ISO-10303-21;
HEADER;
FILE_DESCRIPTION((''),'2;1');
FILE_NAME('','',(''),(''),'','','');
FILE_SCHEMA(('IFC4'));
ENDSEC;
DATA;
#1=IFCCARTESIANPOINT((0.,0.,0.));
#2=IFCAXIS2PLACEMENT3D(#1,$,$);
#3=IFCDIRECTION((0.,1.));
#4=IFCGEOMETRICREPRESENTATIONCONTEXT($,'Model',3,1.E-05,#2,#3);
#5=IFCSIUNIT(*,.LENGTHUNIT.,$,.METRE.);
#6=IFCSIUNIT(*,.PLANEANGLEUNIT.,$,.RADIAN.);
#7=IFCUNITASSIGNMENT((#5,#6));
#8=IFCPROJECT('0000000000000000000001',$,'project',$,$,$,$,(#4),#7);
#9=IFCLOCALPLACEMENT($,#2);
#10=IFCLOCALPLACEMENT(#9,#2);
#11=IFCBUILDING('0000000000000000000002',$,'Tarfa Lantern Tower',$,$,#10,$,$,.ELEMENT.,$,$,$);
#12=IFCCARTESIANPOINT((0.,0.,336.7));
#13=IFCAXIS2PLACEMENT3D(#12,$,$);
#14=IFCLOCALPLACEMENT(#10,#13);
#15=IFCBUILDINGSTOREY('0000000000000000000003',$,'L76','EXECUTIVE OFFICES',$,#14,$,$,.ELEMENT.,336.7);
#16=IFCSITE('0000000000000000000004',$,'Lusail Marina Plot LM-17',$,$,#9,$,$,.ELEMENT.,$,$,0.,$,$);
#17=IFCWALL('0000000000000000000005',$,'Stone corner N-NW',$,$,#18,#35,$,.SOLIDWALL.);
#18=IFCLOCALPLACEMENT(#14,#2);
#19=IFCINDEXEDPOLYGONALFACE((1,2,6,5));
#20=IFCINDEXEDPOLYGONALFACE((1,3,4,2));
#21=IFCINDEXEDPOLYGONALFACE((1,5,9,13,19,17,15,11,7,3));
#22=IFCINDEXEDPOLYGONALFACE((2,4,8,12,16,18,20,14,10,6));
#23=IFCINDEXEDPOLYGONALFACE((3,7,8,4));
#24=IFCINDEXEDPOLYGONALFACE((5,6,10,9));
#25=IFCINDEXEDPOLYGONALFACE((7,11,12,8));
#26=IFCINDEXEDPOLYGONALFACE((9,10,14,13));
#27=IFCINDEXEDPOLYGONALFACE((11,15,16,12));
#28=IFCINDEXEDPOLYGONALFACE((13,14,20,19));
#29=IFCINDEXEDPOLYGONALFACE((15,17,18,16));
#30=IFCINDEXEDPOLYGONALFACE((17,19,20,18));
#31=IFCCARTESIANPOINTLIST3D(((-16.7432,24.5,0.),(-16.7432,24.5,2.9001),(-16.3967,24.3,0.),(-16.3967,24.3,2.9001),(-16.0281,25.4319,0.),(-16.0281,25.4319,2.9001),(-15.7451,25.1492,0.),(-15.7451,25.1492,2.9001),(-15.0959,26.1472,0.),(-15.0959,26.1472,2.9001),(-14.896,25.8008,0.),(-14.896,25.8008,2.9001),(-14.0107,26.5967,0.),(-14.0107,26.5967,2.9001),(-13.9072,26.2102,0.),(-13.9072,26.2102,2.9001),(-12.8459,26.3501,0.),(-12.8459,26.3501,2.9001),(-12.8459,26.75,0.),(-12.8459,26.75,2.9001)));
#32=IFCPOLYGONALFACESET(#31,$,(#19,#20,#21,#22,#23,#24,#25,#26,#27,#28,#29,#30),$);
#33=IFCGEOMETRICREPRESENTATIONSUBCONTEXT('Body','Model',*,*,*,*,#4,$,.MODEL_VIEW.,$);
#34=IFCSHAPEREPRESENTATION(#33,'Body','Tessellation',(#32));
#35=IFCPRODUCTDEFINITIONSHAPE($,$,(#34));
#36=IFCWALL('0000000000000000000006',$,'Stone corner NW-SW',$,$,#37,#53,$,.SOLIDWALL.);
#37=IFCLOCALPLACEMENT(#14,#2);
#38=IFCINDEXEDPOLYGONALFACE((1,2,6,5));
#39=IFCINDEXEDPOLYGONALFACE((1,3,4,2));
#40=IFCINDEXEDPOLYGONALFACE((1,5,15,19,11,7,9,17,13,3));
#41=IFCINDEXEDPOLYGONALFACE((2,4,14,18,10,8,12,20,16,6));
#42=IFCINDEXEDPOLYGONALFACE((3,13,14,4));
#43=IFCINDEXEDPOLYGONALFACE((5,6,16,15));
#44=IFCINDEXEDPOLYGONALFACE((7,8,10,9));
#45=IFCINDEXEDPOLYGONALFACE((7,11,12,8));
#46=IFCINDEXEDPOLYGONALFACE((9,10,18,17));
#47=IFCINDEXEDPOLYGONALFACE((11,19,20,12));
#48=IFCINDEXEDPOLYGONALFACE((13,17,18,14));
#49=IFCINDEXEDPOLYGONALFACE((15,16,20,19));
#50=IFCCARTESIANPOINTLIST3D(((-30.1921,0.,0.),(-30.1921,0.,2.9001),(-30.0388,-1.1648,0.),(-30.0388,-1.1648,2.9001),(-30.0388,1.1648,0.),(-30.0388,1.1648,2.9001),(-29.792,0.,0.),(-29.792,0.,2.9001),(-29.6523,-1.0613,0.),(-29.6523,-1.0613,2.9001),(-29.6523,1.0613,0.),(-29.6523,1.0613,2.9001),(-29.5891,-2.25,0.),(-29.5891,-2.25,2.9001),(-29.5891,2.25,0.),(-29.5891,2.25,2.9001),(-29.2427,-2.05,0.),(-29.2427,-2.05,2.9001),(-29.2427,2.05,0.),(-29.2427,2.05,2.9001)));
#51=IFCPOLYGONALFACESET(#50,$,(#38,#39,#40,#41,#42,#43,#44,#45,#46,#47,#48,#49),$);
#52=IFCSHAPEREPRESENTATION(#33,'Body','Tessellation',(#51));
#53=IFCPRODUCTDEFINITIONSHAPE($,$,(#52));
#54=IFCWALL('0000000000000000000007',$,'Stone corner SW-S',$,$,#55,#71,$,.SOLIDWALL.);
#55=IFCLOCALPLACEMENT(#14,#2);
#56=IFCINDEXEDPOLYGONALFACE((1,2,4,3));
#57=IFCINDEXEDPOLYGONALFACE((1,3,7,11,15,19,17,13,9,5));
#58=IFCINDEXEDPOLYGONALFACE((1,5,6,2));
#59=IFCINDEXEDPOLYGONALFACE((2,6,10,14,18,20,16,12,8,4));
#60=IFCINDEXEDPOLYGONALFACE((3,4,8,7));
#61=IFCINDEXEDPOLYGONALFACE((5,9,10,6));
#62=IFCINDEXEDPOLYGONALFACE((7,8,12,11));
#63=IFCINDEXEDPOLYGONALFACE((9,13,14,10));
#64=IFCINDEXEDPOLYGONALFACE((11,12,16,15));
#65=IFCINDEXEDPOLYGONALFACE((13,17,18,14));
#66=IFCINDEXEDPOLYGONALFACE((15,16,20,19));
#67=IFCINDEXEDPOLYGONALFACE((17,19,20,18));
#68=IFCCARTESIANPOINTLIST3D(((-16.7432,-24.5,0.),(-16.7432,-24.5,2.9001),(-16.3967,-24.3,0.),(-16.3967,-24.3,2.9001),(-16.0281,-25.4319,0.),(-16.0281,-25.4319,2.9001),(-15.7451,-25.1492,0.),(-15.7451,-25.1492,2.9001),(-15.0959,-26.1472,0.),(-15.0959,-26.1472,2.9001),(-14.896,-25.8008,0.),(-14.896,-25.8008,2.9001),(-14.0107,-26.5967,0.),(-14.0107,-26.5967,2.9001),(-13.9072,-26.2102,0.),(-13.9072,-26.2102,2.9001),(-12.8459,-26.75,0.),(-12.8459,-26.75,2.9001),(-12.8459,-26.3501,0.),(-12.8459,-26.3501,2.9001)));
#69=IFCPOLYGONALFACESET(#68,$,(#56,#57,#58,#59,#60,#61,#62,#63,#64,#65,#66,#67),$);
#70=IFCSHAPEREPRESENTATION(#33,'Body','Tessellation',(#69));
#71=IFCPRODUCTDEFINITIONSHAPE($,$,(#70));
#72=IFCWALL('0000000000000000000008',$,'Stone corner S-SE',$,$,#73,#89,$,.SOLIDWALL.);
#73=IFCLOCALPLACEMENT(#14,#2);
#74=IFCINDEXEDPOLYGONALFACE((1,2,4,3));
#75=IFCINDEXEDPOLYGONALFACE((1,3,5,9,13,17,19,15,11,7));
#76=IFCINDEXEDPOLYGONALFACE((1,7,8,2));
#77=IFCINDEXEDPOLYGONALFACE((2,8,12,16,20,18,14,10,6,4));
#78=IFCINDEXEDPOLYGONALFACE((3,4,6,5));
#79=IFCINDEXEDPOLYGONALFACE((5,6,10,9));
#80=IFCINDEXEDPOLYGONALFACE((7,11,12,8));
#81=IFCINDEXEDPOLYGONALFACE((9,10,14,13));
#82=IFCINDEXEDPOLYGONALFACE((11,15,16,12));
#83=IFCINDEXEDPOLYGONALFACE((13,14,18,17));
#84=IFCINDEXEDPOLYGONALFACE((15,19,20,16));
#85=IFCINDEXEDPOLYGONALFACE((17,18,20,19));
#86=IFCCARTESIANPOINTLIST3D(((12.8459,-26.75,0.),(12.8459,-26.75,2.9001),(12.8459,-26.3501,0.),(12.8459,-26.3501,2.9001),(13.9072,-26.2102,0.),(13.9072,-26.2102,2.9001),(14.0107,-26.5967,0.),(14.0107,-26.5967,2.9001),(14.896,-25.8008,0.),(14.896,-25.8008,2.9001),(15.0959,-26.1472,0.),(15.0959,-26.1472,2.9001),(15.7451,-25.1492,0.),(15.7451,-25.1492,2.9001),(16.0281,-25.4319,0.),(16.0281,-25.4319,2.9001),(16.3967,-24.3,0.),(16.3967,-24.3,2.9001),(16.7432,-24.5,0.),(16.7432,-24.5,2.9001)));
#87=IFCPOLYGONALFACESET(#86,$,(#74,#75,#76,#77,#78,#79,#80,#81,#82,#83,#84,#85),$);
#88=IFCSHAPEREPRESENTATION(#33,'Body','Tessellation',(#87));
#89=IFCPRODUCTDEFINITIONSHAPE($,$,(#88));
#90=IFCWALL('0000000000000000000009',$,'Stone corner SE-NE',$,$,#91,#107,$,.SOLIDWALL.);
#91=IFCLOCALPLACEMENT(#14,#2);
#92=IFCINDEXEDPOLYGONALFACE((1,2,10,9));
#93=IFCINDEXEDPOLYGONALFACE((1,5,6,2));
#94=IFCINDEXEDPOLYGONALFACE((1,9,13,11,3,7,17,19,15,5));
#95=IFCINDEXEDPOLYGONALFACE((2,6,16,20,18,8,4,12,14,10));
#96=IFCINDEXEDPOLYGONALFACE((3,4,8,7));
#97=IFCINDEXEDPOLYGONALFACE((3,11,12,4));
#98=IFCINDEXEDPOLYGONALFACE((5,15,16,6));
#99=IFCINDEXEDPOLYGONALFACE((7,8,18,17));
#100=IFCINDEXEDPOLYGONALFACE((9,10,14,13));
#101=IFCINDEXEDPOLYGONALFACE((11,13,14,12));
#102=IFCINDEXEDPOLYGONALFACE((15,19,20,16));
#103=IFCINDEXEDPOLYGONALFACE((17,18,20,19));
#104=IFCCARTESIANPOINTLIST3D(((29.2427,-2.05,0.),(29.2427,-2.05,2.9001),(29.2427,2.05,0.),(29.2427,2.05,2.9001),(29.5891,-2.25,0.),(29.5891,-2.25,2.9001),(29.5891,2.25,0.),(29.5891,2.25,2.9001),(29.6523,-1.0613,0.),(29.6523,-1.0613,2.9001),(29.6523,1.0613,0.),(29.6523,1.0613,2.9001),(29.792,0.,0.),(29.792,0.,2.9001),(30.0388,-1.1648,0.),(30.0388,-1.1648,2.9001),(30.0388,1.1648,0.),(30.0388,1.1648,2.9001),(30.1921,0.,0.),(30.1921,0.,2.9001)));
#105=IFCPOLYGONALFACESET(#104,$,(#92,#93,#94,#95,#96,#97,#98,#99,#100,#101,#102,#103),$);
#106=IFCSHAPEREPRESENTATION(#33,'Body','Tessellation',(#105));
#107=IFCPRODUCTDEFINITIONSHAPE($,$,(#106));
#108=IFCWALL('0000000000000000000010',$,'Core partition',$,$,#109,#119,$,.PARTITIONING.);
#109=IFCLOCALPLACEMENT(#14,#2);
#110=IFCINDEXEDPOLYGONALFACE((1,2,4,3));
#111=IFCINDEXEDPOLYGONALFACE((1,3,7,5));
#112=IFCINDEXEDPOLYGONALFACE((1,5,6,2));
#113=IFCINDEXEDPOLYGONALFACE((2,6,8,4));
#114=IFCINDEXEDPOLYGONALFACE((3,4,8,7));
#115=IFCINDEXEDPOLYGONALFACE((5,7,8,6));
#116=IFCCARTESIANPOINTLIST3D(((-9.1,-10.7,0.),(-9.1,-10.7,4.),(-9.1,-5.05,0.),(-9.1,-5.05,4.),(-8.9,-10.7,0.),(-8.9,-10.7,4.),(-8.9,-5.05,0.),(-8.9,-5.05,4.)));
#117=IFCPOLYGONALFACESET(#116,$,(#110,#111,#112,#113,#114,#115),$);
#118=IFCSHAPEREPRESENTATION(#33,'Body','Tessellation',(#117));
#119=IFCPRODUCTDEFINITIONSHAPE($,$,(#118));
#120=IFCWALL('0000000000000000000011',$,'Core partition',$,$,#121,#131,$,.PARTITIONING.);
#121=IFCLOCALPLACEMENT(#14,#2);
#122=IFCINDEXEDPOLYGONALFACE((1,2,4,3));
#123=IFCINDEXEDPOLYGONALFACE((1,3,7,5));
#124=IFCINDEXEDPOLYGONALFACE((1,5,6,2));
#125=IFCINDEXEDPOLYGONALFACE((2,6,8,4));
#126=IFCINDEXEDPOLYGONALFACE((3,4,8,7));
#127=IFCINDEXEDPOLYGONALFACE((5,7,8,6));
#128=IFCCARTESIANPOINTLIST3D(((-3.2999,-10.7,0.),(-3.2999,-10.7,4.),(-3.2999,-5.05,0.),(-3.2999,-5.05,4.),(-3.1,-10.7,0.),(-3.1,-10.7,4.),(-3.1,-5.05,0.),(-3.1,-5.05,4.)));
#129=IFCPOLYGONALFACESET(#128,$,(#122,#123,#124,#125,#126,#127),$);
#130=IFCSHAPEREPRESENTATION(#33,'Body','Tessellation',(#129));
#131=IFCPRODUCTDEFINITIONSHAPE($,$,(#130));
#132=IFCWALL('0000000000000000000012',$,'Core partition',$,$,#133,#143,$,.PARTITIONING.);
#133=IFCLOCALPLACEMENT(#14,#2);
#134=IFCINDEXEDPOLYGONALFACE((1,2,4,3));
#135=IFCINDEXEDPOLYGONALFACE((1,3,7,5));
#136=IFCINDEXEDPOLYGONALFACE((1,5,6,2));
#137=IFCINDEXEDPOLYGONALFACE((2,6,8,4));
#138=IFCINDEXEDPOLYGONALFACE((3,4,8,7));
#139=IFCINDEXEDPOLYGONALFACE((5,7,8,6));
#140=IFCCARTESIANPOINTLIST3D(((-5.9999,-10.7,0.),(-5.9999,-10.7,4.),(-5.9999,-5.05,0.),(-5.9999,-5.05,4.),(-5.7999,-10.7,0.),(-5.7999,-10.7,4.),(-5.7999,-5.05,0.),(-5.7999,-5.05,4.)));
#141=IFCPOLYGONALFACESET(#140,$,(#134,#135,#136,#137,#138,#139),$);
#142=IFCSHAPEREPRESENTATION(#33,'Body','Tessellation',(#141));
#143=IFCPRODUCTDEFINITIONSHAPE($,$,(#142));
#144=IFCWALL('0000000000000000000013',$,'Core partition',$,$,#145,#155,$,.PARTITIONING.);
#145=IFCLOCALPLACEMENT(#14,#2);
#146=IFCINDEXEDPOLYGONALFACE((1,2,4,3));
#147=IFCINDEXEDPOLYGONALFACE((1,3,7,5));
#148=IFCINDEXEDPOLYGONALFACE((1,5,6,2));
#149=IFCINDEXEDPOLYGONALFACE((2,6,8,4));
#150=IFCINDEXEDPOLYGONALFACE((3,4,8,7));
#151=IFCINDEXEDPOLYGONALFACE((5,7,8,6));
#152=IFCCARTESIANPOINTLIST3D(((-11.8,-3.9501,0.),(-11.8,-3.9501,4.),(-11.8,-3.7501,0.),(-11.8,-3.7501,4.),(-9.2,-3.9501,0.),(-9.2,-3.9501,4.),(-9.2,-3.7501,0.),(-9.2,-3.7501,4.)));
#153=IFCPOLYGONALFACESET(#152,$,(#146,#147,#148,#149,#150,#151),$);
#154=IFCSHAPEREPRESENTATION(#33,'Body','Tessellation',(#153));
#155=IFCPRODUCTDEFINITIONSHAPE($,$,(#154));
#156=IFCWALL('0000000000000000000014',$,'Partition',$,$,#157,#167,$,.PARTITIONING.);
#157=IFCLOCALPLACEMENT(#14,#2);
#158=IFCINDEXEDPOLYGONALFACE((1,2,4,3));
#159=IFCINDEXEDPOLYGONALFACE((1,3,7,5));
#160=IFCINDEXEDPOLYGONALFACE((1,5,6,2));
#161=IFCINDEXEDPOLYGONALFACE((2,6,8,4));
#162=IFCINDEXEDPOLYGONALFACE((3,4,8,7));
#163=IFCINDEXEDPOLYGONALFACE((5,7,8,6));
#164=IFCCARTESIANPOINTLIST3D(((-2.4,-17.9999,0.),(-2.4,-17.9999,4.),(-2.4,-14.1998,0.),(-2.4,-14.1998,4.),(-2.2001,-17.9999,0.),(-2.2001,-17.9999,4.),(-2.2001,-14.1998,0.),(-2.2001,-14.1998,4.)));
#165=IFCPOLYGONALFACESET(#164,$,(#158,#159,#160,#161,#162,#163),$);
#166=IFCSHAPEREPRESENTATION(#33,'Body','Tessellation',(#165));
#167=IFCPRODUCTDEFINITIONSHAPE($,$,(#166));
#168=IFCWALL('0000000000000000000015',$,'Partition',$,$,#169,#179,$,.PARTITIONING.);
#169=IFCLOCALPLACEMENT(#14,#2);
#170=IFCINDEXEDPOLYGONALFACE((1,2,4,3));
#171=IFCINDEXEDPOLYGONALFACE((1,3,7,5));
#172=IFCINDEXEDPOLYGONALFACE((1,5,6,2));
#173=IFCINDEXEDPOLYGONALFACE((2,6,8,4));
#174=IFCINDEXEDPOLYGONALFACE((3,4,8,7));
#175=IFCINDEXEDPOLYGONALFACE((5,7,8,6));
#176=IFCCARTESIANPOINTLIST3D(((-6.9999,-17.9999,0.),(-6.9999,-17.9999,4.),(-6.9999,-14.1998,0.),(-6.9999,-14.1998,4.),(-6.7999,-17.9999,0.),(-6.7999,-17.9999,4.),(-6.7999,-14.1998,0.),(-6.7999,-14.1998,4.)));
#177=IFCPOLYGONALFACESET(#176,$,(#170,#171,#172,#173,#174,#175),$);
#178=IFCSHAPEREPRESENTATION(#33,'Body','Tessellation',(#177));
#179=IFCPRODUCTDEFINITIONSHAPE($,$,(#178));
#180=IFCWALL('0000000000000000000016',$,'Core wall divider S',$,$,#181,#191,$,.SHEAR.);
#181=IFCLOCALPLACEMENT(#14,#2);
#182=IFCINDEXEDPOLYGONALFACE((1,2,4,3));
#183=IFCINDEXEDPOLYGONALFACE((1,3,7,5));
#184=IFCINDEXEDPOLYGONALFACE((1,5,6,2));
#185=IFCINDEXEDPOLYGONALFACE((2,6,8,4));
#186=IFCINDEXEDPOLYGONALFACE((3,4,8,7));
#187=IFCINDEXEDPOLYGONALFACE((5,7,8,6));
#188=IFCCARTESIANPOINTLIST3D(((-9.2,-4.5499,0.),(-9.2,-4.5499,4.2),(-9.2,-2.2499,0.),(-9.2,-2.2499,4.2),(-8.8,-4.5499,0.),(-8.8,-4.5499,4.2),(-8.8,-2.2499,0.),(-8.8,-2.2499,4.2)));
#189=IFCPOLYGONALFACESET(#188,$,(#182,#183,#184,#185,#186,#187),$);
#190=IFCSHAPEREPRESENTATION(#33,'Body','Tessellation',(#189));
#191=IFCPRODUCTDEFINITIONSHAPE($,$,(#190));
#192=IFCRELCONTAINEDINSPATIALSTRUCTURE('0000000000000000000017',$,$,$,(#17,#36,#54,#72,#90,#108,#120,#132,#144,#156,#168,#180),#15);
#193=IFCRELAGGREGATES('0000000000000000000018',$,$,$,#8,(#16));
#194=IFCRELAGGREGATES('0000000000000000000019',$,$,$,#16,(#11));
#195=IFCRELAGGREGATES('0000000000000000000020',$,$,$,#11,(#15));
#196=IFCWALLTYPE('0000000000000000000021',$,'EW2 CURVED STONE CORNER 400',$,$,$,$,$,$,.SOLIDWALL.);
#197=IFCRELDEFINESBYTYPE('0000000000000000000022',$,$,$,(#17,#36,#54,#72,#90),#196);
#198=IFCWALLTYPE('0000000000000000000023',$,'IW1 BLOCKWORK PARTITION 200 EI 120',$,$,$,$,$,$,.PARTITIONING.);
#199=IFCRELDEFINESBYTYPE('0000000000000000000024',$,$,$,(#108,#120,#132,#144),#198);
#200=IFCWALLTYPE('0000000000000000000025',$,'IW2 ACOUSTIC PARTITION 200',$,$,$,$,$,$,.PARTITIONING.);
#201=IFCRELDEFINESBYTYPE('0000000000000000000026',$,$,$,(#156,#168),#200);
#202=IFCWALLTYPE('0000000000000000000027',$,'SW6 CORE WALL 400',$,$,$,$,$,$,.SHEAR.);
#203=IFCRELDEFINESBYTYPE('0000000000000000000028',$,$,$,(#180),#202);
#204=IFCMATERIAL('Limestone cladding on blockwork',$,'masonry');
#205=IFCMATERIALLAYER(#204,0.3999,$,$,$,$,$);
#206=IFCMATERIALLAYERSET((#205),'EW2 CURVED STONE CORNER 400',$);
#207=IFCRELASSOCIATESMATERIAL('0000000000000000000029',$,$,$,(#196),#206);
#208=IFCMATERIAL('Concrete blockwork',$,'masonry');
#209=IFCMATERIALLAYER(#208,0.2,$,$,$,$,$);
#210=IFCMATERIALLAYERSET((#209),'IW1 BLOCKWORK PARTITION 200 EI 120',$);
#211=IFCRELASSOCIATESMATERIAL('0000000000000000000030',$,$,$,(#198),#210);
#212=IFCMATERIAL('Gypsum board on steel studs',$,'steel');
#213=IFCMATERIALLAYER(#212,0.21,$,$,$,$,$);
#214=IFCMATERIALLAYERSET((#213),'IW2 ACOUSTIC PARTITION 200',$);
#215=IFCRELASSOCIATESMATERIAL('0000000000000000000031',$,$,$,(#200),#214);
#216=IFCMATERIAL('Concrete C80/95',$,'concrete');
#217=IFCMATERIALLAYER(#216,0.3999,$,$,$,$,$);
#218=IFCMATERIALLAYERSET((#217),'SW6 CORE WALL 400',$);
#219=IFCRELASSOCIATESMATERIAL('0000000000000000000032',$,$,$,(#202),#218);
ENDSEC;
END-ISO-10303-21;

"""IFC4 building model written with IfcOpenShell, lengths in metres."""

from ifc_helpers import new_model, si_unit, direction, frame, frame_2d, origin, place, context, subcontext, project, spatial, polyline, rectangle, outline, extrude, material, layer, layer_set, type_object, element, save


model = new_model("IFC4")

# Units and contexts
model_context = context("Model", 3, precision=1e-05, world=origin(), true_north=direction((0.0, 1.0)))
body_context = subcontext(model_context, "Body", "Model", "MODEL_VIEW")
ifc_project = project(units=[si_unit("LENGTHUNIT", "METRE"), si_unit("PLANEANGLEUNIT", "RADIAN")], contexts=[model_context])

# Site, building, storey
site_placement = place(None, origin())
site = spatial("IfcSite", under=ifc_project, at=site_placement, Name="Lusail Marina Plot LM-17", CompositionType="ELEMENT", RefElevation=0.0)
building_placement = place(site_placement, origin())
building = spatial("IfcBuilding", under=site, at=building_placement, Name="Tarfa Lantern Tower", CompositionType="ELEMENT")
storey_placement = place(building_placement, frame((0.0, 0.0, 336.7)))
storey = spatial("IfcBuildingStorey", under=building, at=storey_placement, Name="L76", Description="EXECUTIVE OFFICES", CompositionType="ELEMENT", Elevation=336.7)

# Walls
ifc_material_1 = material(Name="Limestone cladding on blockwork", Category="masonry")
ifc_layer_1 = layer(ifc_material_1, 0.3999)
ifc_layer_set_1 = layer_set([ifc_layer_1], Name="EW2 CURVED STONE CORNER 400")
wall_type_1 = type_object("IfcWallType", Name="EW2 CURVED STONE CORNER 400", PredefinedType="SOLIDWALL", material=ifc_layer_set_1)
wall_1_placement = place(storey_placement, origin())
element("IfcWall", 1, at=wall_1_placement, inside=storey, type_object=wall_type_1, Name="Stone corner N-NW", PredefinedType="SOLIDWALL", context=body_context, shape_type="SweptSolid", body=[
    extrude(outline(polyline([(-12.8459, 26.75), (-14.0107, 26.5967), (-15.0959, 26.1472), (-16.0281, 25.4319), (-16.7432, 24.5), (-16.3967, 24.3), (-15.7451, 25.1492), (-14.896, 25.8008), (-13.9072, 26.2102), (-12.8459, 26.3501), (-12.8459, 26.75)])), origin(), (0.0, 0.0, 1.0), 2.9001),
])
wall_2_placement = place(storey_placement, origin())
element("IfcWall", 2, at=wall_2_placement, inside=storey, type_object=wall_type_1, Name="Stone corner NW-SW", PredefinedType="SOLIDWALL", context=body_context, shape_type="SweptSolid", body=[
    extrude(outline(polyline([(-29.5891, 2.25), (-30.0388, 1.1648), (-30.1921, 0.0), (-30.0388, -1.1648), (-29.5891, -2.25), (-29.2427, -2.05), (-29.6523, -1.0613), (-29.792, 0.0), (-29.6523, 1.0613), (-29.2427, 2.05), (-29.5891, 2.25)])), origin(), (0.0, 0.0, 1.0), 2.9001),
])
wall_3_placement = place(storey_placement, origin())
element("IfcWall", 3, at=wall_3_placement, inside=storey, type_object=wall_type_1, Name="Stone corner SW-S", PredefinedType="SOLIDWALL", context=body_context, shape_type="SweptSolid", body=[
    extrude(outline(polyline([(-16.7432, -24.5), (-16.0281, -25.4319), (-15.0959, -26.1472), (-14.0107, -26.5967), (-12.8459, -26.75), (-12.8459, -26.3501), (-13.9072, -26.2102), (-14.896, -25.8008), (-15.7451, -25.1492), (-16.3967, -24.3), (-16.7432, -24.5)])), origin(), (0.0, 0.0, 1.0), 2.9001),
])
wall_4_placement = place(storey_placement, origin())
element("IfcWall", 4, at=wall_4_placement, inside=storey, type_object=wall_type_1, Name="Stone corner S-SE", PredefinedType="SOLIDWALL", context=body_context, shape_type="SweptSolid", body=[
    extrude(outline(polyline([(12.8459, -26.75), (14.0107, -26.5967), (15.0959, -26.1472), (16.0281, -25.4319), (16.7432, -24.5), (16.3967, -24.3), (15.7451, -25.1492), (14.896, -25.8008), (13.9072, -26.2102), (12.8459, -26.3501), (12.8459, -26.75)])), origin(), (0.0, 0.0, 1.0), 2.9001),
])
wall_5_placement = place(storey_placement, origin())
element("IfcWall", 5, at=wall_5_placement, inside=storey, type_object=wall_type_1, Name="Stone corner SE-NE", PredefinedType="SOLIDWALL", context=body_context, shape_type="SweptSolid", body=[
    extrude(outline(polyline([(29.5891, -2.25), (30.0388, -1.1648), (30.1921, 0.0), (30.0388, 1.1648), (29.5891, 2.25), (29.2427, 2.05), (29.6523, 1.0613), (29.792, 0.0), (29.6523, -1.0613), (29.2427, -2.05), (29.5891, -2.25)])), origin(), (0.0, 0.0, 1.0), 2.9001),
])
ifc_material_2 = material(Name="Concrete blockwork", Category="masonry")
ifc_layer_2 = layer(ifc_material_2, 0.2)
ifc_layer_set_2 = layer_set([ifc_layer_2], Name="IW1 BLOCKWORK PARTITION 200 EI 120")
wall_type_2 = type_object("IfcWallType", Name="IW1 BLOCKWORK PARTITION 200 EI 120", PredefinedType="PARTITIONING", material=ifc_layer_set_2)
for number, where, z_axis, x_axis, name in (
    (6, (-9.0, -5.05, 0.0), (0.0, 0.0, 1.0), (0.0, -1.0, 0.0), "Core partition"),
    (7, (-3.2, -5.05, 0.0), (0.0, 0.0, 1.0), (0.0, -1.0, 0.0), "Core partition"),
    (8, (-5.8999, -5.05, 0.0), (0.0, 0.0, 1.0), (0.0, -1.0, 0.0), "Core partition"),
):
    element("IfcWall", number, at=place(storey_placement, frame(where, z_axis=z_axis, x_axis=x_axis)), inside=storey, type_object=wall_type_2, Name=name, PredefinedType="PARTITIONING", context=body_context, shape_type="SweptSolid", body=[
        extrude(rectangle(XDim=5.6499, YDim=0.2, at=frame_2d((2.825, 0.0))), origin(), (0.0, 0.0, 1.0), 4.0),
    ])
wall_6_placement = place(storey_placement, frame((-9.2, -3.8501, 0.0), z_axis=(0.0, 0.0, 1.0), x_axis=(-1.0, 0.0, 0.0)))
element("IfcWall", 9, at=wall_6_placement, inside=storey, type_object=wall_type_2, Name="Core partition", PredefinedType="PARTITIONING", context=body_context, shape_type="SweptSolid", body=[
    extrude(rectangle(XDim=2.6001, YDim=0.2, at=frame_2d((1.3, 0.0))), origin(), (0.0, 0.0, 1.0), 4.0),
])
ifc_material_3 = material(Name="Gypsum board on steel studs", Category="steel")
ifc_layer_3 = layer(ifc_material_3, 0.21)
ifc_layer_set_3 = layer_set([ifc_layer_3], Name="IW2 ACOUSTIC PARTITION 200")
wall_type_3 = type_object("IfcWallType", Name="IW2 ACOUSTIC PARTITION 200", PredefinedType="PARTITIONING", material=ifc_layer_set_3)
for number, where, z_axis, x_axis, name in (
    (10, (-2.3, -14.2, 0.0), (0.0, 0.0, 1.0), (0.0, -1.0, 0.0), "Partition"),
    (11, (-6.8999, -14.2, 0.0), (0.0, 0.0, 1.0), (0.0, -1.0, 0.0), "Partition"),
):
    element("IfcWall", number, at=place(storey_placement, frame(where, z_axis=z_axis, x_axis=x_axis)), inside=storey, type_object=wall_type_3, Name=name, PredefinedType="PARTITIONING", context=body_context, shape_type="SweptSolid", body=[
        extrude(rectangle(XDim=3.8, YDim=0.2, at=frame_2d((1.8999, 0.0))), origin(), (0.0, 0.0, 1.0), 4.0),
    ])
ifc_material_4 = material(Name="Concrete C80/95", Category="concrete")
ifc_layer_4 = layer(ifc_material_4, 0.3999)
ifc_layer_set_4 = layer_set([ifc_layer_4], Name="SW6 CORE WALL 400")
wall_type_4 = type_object("IfcWallType", Name="SW6 CORE WALL 400", PredefinedType="SHEAR", material=ifc_layer_set_4)
wall_7_placement = place(storey_placement, frame((-9.0, -2.25, 0.0), z_axis=(0.0, 0.0, 1.0), x_axis=(0.0, -1.0, 0.0)))
element("IfcWall", 12, at=wall_7_placement, inside=storey, type_object=wall_type_4, Name="Core wall divider S", PredefinedType="SHEAR", context=body_context, shape_type="SweptSolid", body=[
    extrude(rectangle(XDim=2.3, YDim=0.3999, at=frame_2d((1.1499, 0.0))), origin(), (0.0, 0.0, 1.0), 4.2),
])

save(model, "model.ifc")
